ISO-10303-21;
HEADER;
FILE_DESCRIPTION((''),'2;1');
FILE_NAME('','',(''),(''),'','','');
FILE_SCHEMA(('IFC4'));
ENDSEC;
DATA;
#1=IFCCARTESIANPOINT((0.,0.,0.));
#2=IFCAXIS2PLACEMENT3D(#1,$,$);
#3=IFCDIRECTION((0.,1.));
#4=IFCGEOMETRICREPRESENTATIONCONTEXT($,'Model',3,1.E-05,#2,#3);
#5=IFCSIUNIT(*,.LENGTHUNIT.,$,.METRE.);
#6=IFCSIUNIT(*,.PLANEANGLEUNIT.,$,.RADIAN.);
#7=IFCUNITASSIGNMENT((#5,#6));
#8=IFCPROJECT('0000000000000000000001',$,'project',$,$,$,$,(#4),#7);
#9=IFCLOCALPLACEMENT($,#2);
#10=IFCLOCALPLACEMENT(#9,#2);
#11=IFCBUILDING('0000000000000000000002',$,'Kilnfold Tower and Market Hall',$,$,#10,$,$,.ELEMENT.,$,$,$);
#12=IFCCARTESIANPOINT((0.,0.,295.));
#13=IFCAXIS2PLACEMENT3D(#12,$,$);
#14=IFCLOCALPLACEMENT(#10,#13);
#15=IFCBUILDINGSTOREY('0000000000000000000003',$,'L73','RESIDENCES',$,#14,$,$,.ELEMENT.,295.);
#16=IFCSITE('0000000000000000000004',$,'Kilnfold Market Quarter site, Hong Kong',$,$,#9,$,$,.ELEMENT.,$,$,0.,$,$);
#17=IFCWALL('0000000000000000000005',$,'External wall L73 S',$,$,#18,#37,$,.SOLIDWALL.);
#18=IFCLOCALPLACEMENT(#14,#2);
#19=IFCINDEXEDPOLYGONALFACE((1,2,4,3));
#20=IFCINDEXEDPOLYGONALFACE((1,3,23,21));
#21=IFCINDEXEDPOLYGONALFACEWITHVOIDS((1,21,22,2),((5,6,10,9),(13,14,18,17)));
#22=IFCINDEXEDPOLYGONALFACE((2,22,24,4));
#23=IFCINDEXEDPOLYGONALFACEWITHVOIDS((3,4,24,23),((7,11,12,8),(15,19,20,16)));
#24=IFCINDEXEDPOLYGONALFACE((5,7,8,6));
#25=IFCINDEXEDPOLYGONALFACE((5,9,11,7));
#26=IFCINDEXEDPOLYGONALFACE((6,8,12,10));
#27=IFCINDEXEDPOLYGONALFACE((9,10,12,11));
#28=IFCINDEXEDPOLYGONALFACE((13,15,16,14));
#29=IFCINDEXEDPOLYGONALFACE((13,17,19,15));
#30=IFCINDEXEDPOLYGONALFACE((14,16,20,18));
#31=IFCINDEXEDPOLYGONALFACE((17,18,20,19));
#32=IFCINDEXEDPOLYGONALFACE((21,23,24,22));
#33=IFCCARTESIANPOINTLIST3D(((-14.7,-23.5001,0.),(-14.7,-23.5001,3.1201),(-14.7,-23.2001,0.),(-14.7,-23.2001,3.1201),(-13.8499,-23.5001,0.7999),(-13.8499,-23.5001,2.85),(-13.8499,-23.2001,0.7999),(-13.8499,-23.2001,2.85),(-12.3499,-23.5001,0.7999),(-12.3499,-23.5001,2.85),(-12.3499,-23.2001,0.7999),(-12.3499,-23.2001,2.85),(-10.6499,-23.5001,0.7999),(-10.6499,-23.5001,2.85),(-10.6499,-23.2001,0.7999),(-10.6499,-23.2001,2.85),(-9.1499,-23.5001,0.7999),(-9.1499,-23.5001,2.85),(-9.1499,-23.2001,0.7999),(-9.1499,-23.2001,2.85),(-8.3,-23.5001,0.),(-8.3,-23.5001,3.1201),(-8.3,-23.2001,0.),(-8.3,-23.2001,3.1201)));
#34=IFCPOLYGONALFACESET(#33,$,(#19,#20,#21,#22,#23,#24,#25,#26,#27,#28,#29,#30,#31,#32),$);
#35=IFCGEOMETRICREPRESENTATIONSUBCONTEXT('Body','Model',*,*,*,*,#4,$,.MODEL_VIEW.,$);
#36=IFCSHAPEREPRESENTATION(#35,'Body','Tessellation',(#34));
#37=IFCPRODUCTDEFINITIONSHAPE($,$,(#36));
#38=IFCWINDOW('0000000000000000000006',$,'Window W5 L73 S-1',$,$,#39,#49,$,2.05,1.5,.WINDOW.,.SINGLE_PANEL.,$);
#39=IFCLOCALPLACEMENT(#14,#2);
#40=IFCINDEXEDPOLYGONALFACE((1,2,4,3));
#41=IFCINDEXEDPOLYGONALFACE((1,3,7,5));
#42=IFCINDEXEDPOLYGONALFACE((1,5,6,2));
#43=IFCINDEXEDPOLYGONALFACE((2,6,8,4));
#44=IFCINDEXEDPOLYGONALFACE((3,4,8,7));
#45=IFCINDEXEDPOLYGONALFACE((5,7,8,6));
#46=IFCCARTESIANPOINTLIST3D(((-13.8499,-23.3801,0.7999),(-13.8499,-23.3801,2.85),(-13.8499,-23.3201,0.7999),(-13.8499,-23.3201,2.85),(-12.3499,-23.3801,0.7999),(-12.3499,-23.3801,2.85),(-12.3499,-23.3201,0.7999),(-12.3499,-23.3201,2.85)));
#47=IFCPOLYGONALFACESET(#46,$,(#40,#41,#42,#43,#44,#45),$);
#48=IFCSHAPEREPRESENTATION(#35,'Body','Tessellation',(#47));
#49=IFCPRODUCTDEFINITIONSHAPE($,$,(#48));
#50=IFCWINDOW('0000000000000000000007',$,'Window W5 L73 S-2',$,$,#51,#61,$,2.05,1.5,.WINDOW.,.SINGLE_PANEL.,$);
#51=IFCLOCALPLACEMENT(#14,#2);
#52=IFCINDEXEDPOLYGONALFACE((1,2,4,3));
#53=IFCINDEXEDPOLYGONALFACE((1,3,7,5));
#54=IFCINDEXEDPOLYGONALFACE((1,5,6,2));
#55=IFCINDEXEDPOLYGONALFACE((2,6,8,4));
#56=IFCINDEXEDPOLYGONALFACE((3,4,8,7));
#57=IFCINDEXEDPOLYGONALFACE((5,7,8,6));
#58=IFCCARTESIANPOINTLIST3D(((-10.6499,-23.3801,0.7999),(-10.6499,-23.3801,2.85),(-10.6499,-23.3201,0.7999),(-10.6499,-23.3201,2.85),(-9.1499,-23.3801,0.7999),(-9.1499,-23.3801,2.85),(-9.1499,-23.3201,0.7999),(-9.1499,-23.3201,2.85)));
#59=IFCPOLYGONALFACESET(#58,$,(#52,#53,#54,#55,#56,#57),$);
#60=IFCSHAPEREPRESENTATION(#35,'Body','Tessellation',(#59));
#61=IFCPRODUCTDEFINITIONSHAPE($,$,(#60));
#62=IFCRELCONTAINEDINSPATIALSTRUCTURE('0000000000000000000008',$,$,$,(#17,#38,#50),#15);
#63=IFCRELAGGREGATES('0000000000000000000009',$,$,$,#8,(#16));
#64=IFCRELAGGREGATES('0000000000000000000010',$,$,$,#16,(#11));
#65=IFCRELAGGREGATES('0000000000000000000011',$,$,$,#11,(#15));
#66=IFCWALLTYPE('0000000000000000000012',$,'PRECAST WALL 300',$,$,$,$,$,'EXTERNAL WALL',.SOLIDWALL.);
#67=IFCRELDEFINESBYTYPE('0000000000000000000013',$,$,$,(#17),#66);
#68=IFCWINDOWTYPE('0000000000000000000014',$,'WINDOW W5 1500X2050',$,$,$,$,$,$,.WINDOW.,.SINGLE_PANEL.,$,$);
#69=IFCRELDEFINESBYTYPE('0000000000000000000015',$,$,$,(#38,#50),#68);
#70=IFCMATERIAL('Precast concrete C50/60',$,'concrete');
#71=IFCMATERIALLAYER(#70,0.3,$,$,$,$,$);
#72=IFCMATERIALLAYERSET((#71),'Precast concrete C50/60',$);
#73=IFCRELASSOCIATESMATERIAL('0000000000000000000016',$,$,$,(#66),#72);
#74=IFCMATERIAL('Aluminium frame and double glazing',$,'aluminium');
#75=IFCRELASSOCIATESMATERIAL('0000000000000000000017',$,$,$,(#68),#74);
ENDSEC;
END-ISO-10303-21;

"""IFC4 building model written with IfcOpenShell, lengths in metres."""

from ifc_helpers import new_model, si_unit, direction, frame, frame_2d, origin, place, context, subcontext, project, spatial, rectangle, extrude, source, transform, mapped, material, layer, layer_set, type_object, element, fill, save


model = new_model("IFC4")

# Units and contexts
model_context = context("Model", 3, precision=1e-05, world=origin(), true_north=direction((0.0, 1.0)))
body_context = subcontext(model_context, "Body", "Model", "MODEL_VIEW")
ifc_project = project(units=[si_unit("LENGTHUNIT", "METRE"), si_unit("PLANEANGLEUNIT", "RADIAN")], contexts=[model_context])

# Site, building, storey
site_placement = place(None, origin())
site = spatial("IfcSite", under=ifc_project, at=site_placement, Name="Kilnfold Market Quarter site, Hong Kong", CompositionType="ELEMENT", RefElevation=0.0)
building_placement = place(site_placement, origin())
building = spatial("IfcBuilding", under=site, at=building_placement, Name="Kilnfold Tower and Market Hall", CompositionType="ELEMENT")
storey_placement = place(building_placement, frame((0.0, 0.0, 295.0)))
storey = spatial("IfcBuildingStorey", under=building, at=storey_placement, Name="L73", Description="RESIDENCES", CompositionType="ELEMENT", Elevation=295.0)

# Wall, openings, windows
ifc_material_1 = material(Name="Precast concrete C50/60", Category="concrete")
ifc_layer_1 = layer(ifc_material_1, 0.3)
ifc_layer_set_1 = layer_set([ifc_layer_1], Name="Precast concrete C50/60")
wall_type_1 = type_object("IfcWallType", Name="PRECAST WALL 300", ElementType="EXTERNAL WALL", PredefinedType="SOLIDWALL", material=ifc_layer_set_1)
shared_shape_1 = source(origin(), body_context, "Body", "SweptSolid", [
    extrude(rectangle(XDim=6.3999, YDim=0.3, at=frame_2d((3.2, 0.0))), origin(), (0.0, 0.0, 1.0), 3.1201),
])
wall_1_placement = place(storey_placement, frame((-14.7, -23.3501, 0.0), z_axis=(0.0, 0.0, 1.0), x_axis=(1.0, 0.0, 0.0)))
wall_1 = element("IfcWall", 1, at=wall_1_placement, inside=storey, type_object=wall_type_1, Name="External wall L73 S", PredefinedType="SOLIDWALL", context=body_context, shape_type="MappedRepresentation", body=[
    mapped(shared_shape_1, transform((0.0, 0.0, 0.0))),
])
opening_1_placement = place(wall_1_placement, frame((0.8501, 0.0, 0.8)))
opening_1 = element("IfcOpeningElement", 2, at=opening_1_placement, cuts=wall_1, PredefinedType="OPENING", context=body_context, shape_type="SweptSolid", body=[
    extrude(rectangle(XDim=1.5, YDim=2.05, at=frame_2d((0.75, 1.0249))), frame((0.0, 0.1602, 0.0), z_axis=(0.0, -1.0, 0.0), x_axis=(1.0, 0.0, 0.0)), (0.0, 0.0, 1.0), 0.3201),
])
opening_2_placement = place(wall_1_placement, frame((4.05, 0.0, 0.8)))
opening_2 = element("IfcOpeningElement", 3, at=opening_2_placement, cuts=wall_1, PredefinedType="OPENING", context=body_context, shape_type="SweptSolid", body=[
    extrude(rectangle(XDim=1.5, YDim=2.05, at=frame_2d((0.75, 1.0249))), frame((0.0, 0.1602, 0.0), z_axis=(0.0, -1.0, 0.0), x_axis=(1.0, 0.0, 0.0)), (0.0, 0.0, 1.0), 0.3201),
])
ifc_material_2 = material(Name="Aluminium frame and double glazing", Category="aluminium")
window_type = type_object("IfcWindowType", Name="WINDOW W5 1500X2050", PartitioningType="SINGLE_PANEL", PredefinedType="WINDOW", material=ifc_material_2)
window_1_placement = place(opening_1_placement, origin())
window_1 = element("IfcWindow", 4, at=window_1_placement, inside=storey, type_object=window_type, Name="Window W5 L73 S-1", OverallHeight=2.05, OverallWidth=1.5, PartitioningType="SINGLE_PANEL", PredefinedType="WINDOW", context=body_context, shape_type="SweptSolid", body=[
    extrude(rectangle(XDim=1.5, YDim=2.05, at=frame_2d((0.75, 1.0249))), frame((0.0, 0.03, 0.0), z_axis=(0.0, -1.0, 0.0), x_axis=(1.0, 0.0, 0.0)), (0.0, 0.0, 1.0), 0.0601),
])
fill(opening_1, window_1)
window_2_placement = place(opening_2_placement, origin())
window_2 = element("IfcWindow", 5, at=window_2_placement, inside=storey, type_object=window_type, Name="Window W5 L73 S-2", OverallHeight=2.05, OverallWidth=1.5, PartitioningType="SINGLE_PANEL", PredefinedType="WINDOW", context=body_context, shape_type="SweptSolid", body=[
    extrude(rectangle(XDim=1.5, YDim=2.05, at=frame_2d((0.75, 1.0249))), frame((0.0, 0.03, 0.0), z_axis=(0.0, -1.0, 0.0), x_axis=(1.0, 0.0, 0.0)), (0.0, 0.0, 1.0), 0.0601),
])
fill(opening_2, window_2)

save(model, "model.ifc")
